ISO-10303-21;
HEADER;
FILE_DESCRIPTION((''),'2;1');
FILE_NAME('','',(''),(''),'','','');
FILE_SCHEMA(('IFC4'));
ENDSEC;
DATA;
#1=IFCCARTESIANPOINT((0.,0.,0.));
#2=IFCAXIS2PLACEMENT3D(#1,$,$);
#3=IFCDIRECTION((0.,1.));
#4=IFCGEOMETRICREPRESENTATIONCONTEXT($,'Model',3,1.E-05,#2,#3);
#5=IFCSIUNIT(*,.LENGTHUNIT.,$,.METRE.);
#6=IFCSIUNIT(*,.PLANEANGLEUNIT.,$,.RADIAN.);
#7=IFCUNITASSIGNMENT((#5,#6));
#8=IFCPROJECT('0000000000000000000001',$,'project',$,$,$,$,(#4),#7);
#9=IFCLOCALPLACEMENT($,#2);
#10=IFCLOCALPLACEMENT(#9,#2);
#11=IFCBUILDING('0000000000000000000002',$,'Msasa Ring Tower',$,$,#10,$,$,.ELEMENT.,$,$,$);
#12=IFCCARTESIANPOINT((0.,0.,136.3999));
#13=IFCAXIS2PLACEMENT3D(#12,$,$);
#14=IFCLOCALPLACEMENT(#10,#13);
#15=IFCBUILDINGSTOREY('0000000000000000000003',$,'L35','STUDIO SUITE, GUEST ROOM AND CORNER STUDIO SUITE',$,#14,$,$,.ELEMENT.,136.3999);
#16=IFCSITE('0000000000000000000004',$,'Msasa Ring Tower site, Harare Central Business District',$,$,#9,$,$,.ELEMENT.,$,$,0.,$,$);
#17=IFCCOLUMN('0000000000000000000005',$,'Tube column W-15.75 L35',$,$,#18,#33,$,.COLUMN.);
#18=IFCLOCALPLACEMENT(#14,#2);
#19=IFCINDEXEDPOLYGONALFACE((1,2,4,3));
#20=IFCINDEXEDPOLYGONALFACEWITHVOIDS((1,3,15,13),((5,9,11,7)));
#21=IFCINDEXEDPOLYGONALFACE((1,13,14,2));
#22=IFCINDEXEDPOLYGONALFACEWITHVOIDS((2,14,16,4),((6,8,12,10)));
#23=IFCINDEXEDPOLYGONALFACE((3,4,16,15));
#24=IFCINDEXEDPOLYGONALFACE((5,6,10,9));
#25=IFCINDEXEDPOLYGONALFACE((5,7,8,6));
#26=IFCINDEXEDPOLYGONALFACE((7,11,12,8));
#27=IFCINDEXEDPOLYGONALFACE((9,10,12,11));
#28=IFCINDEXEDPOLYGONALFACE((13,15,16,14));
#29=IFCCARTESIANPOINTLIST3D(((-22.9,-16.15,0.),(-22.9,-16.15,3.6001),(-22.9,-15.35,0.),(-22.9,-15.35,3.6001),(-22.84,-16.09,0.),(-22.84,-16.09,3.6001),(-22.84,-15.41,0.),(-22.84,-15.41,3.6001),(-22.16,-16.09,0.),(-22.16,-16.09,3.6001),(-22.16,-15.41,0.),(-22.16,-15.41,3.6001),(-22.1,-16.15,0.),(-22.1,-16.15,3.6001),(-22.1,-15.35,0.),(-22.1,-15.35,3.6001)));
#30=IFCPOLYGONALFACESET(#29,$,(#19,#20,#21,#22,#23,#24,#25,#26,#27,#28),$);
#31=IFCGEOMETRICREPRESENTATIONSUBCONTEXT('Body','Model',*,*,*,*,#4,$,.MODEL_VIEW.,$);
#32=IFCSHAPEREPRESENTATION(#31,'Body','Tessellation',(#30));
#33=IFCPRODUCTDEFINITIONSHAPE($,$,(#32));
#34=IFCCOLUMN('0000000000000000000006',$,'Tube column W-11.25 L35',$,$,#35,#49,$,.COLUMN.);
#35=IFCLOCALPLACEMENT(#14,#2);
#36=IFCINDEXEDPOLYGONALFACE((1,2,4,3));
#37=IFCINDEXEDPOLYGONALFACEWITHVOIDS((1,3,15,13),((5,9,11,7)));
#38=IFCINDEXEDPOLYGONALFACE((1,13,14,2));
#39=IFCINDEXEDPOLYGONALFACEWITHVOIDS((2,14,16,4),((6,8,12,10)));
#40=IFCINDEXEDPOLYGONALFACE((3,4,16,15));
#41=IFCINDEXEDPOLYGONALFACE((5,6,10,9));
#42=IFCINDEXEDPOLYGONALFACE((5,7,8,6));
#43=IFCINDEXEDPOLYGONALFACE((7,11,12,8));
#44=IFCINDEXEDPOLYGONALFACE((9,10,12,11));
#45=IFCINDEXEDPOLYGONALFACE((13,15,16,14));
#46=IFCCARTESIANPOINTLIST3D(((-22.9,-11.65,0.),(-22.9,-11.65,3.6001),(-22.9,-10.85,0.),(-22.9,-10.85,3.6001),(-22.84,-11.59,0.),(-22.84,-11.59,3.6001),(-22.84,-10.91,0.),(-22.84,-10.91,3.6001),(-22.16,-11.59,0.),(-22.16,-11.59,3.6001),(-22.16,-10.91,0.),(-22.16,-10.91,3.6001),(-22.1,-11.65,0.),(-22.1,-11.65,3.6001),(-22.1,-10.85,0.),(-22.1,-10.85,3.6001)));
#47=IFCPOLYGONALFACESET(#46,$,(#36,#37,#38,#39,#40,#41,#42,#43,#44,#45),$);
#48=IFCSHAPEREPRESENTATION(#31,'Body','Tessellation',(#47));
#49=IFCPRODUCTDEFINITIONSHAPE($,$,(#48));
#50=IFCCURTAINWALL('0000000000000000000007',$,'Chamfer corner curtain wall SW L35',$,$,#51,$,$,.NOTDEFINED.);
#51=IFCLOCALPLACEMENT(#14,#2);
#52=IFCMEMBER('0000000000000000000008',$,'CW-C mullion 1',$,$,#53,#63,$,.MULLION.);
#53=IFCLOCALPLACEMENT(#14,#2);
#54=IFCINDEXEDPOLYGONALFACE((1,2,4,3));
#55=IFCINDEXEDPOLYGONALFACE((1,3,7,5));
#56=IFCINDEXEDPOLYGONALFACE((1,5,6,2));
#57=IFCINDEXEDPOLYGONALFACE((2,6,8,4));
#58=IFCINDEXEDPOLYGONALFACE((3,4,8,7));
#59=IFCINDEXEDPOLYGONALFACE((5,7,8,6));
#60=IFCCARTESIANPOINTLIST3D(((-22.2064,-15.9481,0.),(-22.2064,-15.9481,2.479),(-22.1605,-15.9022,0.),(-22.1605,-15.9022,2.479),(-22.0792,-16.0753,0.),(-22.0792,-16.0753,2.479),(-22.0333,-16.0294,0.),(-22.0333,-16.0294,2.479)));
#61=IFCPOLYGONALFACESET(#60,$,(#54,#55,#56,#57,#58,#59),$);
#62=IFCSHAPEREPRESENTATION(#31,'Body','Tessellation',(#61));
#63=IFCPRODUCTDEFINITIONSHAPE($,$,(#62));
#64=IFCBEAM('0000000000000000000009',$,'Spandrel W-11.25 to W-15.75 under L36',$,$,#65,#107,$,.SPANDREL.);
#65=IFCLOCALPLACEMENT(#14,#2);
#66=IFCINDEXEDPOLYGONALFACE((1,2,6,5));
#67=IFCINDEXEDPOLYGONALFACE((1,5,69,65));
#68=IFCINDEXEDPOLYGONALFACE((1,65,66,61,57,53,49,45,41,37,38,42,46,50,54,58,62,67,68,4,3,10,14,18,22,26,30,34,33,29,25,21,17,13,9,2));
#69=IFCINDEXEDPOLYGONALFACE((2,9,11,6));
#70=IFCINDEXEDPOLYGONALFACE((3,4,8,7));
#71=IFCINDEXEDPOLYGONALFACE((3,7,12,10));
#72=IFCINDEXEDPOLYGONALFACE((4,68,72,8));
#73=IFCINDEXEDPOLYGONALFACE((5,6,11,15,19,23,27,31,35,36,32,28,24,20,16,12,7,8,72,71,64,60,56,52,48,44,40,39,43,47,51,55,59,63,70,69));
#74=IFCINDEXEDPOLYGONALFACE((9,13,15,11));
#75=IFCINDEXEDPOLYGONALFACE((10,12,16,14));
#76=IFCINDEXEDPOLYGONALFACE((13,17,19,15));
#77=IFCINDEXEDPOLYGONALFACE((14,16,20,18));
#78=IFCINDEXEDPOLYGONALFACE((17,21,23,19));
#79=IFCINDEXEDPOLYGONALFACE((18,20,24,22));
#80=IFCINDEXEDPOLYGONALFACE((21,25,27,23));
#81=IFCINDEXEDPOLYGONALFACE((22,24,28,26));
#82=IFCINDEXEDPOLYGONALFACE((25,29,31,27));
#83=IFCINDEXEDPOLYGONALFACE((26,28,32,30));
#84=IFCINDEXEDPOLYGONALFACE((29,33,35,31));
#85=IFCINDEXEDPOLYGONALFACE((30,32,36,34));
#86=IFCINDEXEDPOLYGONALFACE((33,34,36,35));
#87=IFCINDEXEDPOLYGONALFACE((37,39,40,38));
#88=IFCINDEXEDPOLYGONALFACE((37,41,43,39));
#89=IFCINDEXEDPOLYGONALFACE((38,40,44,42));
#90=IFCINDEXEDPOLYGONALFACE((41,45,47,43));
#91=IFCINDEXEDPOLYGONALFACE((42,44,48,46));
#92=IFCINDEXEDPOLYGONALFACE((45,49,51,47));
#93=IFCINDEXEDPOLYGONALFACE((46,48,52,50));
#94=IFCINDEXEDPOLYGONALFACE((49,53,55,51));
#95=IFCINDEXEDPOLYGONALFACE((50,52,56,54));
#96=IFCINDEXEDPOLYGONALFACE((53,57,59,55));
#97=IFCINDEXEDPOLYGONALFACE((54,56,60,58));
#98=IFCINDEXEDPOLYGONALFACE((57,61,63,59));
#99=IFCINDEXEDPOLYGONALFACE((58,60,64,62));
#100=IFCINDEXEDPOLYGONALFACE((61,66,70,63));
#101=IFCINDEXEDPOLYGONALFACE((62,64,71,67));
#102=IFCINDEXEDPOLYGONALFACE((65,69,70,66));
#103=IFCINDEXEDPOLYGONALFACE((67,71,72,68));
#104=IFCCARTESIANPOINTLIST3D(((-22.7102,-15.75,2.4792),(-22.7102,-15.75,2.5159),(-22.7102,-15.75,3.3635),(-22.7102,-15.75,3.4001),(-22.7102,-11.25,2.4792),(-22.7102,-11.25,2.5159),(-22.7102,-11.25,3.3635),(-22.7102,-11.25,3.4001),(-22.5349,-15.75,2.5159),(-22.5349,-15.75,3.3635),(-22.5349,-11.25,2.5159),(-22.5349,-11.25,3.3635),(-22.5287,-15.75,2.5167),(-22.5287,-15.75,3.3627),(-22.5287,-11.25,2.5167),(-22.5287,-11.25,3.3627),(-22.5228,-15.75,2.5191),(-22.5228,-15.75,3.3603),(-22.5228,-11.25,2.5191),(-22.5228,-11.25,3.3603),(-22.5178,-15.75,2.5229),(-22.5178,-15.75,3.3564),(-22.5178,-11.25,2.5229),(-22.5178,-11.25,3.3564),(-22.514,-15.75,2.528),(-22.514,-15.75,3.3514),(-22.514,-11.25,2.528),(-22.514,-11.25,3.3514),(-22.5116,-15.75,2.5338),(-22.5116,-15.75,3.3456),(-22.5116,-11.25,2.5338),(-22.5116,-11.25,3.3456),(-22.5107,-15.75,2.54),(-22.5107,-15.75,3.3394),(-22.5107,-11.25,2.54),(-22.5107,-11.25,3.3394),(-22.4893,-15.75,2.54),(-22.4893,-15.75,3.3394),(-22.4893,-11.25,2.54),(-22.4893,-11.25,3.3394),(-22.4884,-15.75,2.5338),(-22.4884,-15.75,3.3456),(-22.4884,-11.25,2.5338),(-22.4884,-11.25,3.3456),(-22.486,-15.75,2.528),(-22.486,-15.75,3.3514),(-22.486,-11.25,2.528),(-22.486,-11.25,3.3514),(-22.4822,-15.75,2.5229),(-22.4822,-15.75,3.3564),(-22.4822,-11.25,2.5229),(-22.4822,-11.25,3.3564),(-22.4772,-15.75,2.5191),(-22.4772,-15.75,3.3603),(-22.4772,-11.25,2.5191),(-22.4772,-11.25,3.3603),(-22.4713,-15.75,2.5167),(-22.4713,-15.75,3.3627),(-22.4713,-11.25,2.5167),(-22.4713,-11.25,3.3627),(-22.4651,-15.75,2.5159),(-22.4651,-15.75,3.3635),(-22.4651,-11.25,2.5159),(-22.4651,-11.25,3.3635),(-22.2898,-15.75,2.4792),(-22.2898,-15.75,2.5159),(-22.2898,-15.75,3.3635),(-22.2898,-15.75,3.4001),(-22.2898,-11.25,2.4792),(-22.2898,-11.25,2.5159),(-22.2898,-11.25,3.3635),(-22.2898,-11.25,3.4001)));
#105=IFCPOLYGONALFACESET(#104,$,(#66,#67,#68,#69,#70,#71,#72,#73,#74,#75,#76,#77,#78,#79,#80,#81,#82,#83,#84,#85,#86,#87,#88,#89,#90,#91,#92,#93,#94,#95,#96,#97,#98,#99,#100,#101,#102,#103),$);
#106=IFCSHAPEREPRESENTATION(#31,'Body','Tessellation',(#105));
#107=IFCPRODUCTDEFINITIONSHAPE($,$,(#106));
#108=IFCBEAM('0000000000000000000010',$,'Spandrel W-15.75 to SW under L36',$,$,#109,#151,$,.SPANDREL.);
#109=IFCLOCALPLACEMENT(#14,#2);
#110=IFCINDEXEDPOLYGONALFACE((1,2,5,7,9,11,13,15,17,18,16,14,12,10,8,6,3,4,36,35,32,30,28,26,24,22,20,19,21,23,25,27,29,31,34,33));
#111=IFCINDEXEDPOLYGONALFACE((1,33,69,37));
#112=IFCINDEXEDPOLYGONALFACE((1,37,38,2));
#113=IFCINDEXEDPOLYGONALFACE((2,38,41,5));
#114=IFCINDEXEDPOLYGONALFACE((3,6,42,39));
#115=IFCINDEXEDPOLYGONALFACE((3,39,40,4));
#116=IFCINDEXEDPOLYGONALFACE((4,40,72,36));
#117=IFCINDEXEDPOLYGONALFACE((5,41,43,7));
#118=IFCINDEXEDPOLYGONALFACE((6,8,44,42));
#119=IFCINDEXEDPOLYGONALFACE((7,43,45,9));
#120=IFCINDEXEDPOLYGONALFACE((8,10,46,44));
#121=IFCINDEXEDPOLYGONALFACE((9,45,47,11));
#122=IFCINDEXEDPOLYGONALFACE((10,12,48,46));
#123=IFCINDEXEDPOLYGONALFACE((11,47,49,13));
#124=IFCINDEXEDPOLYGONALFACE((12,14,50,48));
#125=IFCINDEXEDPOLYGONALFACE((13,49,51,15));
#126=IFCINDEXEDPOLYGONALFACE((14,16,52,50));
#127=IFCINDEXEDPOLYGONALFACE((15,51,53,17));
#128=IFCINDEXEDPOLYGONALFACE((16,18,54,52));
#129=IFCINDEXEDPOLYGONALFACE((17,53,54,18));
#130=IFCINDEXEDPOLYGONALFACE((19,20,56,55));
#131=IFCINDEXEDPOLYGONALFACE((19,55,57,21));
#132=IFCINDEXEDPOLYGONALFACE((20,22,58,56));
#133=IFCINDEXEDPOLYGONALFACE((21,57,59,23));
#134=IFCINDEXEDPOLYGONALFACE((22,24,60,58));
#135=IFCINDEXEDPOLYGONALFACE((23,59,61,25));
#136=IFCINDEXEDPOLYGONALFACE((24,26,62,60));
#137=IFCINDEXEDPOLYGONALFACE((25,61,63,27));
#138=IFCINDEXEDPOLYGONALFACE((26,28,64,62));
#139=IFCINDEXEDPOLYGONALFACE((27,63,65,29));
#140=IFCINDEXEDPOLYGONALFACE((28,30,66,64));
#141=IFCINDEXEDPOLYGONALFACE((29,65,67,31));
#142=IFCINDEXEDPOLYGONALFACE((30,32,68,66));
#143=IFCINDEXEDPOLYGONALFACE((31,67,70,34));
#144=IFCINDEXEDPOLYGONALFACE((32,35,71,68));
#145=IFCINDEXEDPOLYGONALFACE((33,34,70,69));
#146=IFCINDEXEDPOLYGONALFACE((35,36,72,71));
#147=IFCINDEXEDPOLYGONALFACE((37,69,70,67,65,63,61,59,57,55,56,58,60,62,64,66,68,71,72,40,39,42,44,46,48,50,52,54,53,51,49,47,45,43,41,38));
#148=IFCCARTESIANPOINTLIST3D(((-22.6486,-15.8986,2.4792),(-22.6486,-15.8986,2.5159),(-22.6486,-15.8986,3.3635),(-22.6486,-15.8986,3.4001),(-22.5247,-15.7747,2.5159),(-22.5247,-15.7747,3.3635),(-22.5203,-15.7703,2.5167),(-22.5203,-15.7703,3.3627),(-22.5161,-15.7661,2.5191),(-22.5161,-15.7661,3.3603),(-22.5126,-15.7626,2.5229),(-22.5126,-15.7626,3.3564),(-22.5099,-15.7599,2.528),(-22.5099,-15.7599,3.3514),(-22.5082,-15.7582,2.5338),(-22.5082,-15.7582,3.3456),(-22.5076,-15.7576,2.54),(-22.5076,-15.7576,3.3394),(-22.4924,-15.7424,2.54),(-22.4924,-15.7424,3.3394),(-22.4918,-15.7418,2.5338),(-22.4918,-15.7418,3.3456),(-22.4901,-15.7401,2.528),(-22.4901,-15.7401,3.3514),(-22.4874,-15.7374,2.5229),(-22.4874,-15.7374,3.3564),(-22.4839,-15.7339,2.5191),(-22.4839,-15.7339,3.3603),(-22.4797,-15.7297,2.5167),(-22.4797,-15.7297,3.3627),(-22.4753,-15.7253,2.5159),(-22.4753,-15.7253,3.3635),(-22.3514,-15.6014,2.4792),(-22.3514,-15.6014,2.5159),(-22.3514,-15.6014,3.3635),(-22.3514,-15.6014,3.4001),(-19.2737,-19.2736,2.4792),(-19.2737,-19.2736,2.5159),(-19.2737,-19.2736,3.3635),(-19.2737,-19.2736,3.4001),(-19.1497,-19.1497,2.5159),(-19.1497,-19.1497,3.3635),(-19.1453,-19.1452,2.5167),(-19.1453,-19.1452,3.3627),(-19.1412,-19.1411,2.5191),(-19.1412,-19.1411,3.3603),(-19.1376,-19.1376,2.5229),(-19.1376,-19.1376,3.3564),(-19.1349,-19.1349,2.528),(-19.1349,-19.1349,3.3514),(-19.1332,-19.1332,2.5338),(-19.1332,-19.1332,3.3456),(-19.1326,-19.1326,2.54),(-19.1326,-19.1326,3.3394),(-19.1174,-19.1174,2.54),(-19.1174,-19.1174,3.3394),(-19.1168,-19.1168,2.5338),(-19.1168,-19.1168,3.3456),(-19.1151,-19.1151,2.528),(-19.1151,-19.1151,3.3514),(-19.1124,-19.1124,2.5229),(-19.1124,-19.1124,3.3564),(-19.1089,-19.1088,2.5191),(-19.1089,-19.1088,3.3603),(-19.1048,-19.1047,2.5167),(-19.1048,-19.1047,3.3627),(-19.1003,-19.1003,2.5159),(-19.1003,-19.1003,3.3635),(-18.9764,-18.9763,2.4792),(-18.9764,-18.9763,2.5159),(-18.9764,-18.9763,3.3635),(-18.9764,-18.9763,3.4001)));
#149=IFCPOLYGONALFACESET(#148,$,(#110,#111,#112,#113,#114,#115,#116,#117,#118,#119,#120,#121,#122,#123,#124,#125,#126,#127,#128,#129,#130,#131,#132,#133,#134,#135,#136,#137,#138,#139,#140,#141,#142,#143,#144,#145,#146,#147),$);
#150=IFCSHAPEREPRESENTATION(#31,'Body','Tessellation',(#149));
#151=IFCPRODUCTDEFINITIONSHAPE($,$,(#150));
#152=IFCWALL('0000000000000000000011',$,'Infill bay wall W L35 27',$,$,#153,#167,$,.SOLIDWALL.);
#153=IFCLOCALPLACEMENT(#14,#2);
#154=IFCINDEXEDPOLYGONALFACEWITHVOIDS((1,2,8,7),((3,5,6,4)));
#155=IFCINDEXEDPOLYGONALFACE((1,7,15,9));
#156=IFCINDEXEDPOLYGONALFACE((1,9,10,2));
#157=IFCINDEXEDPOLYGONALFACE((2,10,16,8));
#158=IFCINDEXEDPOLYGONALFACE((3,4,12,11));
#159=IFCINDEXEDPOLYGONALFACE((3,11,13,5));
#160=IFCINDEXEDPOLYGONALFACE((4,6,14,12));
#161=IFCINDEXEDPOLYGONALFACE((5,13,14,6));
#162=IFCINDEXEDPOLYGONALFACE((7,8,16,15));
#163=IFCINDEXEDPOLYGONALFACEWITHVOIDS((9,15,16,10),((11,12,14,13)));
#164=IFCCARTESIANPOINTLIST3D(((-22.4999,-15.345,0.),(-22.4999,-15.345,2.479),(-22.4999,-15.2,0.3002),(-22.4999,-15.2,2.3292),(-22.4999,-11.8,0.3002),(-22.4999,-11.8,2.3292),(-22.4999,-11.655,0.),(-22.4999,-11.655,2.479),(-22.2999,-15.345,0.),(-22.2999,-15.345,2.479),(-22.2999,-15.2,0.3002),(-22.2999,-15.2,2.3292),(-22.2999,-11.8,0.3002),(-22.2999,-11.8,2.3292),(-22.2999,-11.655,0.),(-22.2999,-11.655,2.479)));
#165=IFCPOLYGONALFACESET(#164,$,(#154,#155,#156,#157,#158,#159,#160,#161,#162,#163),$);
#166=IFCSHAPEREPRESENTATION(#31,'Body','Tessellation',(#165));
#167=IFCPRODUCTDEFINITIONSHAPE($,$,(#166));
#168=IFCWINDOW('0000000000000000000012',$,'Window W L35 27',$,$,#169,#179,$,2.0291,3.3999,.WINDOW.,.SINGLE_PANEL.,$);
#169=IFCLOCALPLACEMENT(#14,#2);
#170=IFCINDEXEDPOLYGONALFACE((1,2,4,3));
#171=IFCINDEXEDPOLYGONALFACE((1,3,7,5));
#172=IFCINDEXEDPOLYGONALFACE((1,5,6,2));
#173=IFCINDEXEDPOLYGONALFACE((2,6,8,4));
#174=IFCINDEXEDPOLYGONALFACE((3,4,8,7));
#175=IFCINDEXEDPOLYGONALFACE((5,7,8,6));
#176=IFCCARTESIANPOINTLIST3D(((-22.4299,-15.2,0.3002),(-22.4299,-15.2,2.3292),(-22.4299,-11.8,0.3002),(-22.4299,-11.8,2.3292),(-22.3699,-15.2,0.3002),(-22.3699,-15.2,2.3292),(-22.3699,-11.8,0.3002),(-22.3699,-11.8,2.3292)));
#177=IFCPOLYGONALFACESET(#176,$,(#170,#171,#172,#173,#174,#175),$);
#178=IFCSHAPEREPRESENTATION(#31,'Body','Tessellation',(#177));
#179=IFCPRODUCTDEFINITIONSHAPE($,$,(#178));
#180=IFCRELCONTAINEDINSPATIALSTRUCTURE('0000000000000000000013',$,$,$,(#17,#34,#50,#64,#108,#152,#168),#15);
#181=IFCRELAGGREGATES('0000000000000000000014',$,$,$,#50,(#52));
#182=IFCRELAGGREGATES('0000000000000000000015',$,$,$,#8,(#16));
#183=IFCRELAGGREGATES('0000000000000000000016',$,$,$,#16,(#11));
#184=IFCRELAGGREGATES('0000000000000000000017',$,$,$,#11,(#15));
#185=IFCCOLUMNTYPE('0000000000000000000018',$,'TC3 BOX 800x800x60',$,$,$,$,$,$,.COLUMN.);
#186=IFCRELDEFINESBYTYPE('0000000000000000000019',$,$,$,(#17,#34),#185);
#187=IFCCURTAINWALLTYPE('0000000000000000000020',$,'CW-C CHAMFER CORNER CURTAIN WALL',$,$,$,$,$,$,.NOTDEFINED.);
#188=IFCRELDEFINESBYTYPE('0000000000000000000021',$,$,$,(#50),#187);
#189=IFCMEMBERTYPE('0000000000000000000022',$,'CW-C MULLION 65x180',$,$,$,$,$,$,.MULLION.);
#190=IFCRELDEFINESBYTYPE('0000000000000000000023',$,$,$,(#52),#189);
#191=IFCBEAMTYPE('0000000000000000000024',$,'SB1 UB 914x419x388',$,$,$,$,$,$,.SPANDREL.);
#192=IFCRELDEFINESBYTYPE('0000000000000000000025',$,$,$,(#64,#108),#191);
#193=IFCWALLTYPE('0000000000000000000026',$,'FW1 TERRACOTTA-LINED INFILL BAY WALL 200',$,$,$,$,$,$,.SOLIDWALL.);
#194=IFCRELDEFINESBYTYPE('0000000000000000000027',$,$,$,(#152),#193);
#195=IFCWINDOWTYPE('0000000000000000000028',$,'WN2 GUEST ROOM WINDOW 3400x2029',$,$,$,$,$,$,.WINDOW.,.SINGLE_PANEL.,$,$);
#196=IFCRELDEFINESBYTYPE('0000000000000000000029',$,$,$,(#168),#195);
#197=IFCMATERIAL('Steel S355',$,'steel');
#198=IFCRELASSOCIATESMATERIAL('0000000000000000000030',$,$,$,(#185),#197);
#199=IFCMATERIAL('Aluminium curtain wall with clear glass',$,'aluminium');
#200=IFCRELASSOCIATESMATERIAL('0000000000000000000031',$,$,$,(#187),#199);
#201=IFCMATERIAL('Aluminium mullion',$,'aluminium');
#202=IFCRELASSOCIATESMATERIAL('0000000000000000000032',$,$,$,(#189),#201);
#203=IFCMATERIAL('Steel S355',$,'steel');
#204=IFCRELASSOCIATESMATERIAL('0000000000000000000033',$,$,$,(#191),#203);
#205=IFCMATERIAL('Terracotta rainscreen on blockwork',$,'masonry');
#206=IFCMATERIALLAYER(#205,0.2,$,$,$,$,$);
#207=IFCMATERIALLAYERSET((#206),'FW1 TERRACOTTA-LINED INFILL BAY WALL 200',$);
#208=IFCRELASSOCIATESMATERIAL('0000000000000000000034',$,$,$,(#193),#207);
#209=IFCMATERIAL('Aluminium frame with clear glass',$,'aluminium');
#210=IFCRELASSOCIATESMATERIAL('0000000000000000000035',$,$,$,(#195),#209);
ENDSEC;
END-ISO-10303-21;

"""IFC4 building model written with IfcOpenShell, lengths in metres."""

from ifc_helpers import new_model, si_unit, direction, frame, frame_2d, origin, origin_2d, place, context, subcontext, project, spatial, rectangle, hollow_rectangle, i_section, extrude, material, layer, layer_set, material_profile, profile_set, type_object, element, fill, aggregate, save


model = new_model("IFC4")

# Units and contexts
model_context = context("Model", 3, precision=1e-05, world=origin(), true_north=direction((0.0, 1.0)))
body_context = subcontext(model_context, "Body", "Model", "MODEL_VIEW")
ifc_project = project(units=[si_unit("LENGTHUNIT", "METRE"), si_unit("PLANEANGLEUNIT", "RADIAN")], contexts=[model_context])

# Site, building, storey
site_placement = place(None, origin())
site = spatial("IfcSite", under=ifc_project, at=site_placement, Name="Msasa Ring Tower site, Harare Central Business District", CompositionType="ELEMENT", RefElevation=0.0)
building_placement = place(site_placement, origin())
building = spatial("IfcBuilding", under=site, at=building_placement, Name="Msasa Ring Tower", CompositionType="ELEMENT")
storey_placement = place(building_placement, frame((0.0, 0.0, 136.3999)))
storey = spatial("IfcBuildingStorey", under=building, at=storey_placement, Name="L35", Description="STUDIO SUITE, GUEST ROOM AND CORNER STUDIO SUITE", CompositionType="ELEMENT", Elevation=136.3999)

# Columns
ifc_material_1 = material(Name="Steel S355", Category="steel")
ifc_material_profile_1 = material_profile(ifc_material_1, hollow_rectangle(XDim=0.8, YDim=0.8, WallThickness=0.0601, at=origin_2d()), Name="BOX 800x800x60")
ifc_profile_set_1 = profile_set([ifc_material_profile_1], Name="Steel S355")
column_type = type_object("IfcColumnType", Name="TC3 BOX 800x800x60", PredefinedType="COLUMN", material=ifc_profile_set_1)
for number, where, z_axis, x_axis, name in (
    (1, (-22.5, -15.75, 0.0), (0.0, 0.0, 1.0), (1.0, 0.0, 0.0), "Tube column W-15.75 L35"),
    (2, (-22.5, -11.25, 0.0), (0.0, 0.0, 1.0), (1.0, 0.0, 0.0), "Tube column W-11.25 L35"),
):
    element("IfcColumn", number, at=place(storey_placement, frame(where, z_axis=z_axis, x_axis=x_axis)), inside=storey, type_object=column_type, Name=name, PredefinedType="COLUMN", context=body_context, shape_type="SweptSolid", body=[
        extrude(hollow_rectangle(XDim=0.8, YDim=0.8, WallThickness=0.0601, at=origin_2d()), origin(), (0.0, 0.0, 1.0), 3.6001),
    ])

# Curtain wall, member
ifc_material_2 = material(Name="Aluminium curtain wall with clear glass", Category="aluminium")
curtain_wall_type = type_object("IfcCurtainWallType", Name="CW-C CHAMFER CORNER CURTAIN WALL", PredefinedType="NOTDEFINED", material=ifc_material_2)
curtain_wall_placement = place(storey_placement, origin())
curtain_wall = element("IfcCurtainWall", 3, at=curtain_wall_placement, inside=storey, type_object=curtain_wall_type, Name="Chamfer corner curtain wall SW L35", PredefinedType="NOTDEFINED")
ifc_material_3 = material(Name="Aluminium mullion", Category="aluminium")
ifc_material_profile_2 = material_profile(ifc_material_3, rectangle(XDim=0.0649, YDim=0.1799, at=origin_2d()), Name="AL 65x180")
ifc_profile_set_2 = profile_set([ifc_material_profile_2], Name="Aluminium mullion")
member_type = type_object("IfcMemberType", Name="CW-C MULLION 65x180", PredefinedType="MULLION", material=ifc_profile_set_2)
member_placement = place(storey_placement, frame((-22.1199, -15.9888, 0.0), z_axis=(0.0, 0.0, 1.0), x_axis=(0.707107, 0.707107, 0.0)))
member = element("IfcMember", 4, at=member_placement, type_object=member_type, Name="CW-C mullion 1", PredefinedType="MULLION", context=body_context, shape_type="SweptSolid", body=[
    extrude(rectangle(XDim=0.0649, YDim=0.1799, at=origin_2d()), origin(), (0.0, 0.0, 1.0), 2.479),
])
aggregate(curtain_wall, [member])

# Beams
ifc_material_4 = material(Name="Steel S355", Category="steel")
ifc_material_profile_3 = material_profile(ifc_material_4, i_section(OverallWidth=0.4204, OverallDepth=0.9209, WebThickness=0.0215, FlangeThickness=0.0366, FilletRadius=0.0242, at=origin_2d()), Name="UB 914x419x388")
ifc_profile_set_3 = profile_set([ifc_material_profile_3], Name="Steel S355")
beam_type = type_object("IfcBeamType", Name="SB1 UB 914x419x388", PredefinedType="SPANDREL", material=ifc_profile_set_3)
beam_1_placement = place(storey_placement, frame((-22.5, -11.25, 2.9397), z_axis=(0.0, -1.0, 0.0), x_axis=(1.0, 0.0, 0.0)))
element("IfcBeam", 5, at=beam_1_placement, inside=storey, type_object=beam_type, Name="Spandrel W-11.25 to W-15.75 under L36", PredefinedType="SPANDREL", context=body_context, shape_type="SweptSolid", body=[
    extrude(i_section(OverallWidth=0.4204, OverallDepth=0.9209, WebThickness=0.0215, FlangeThickness=0.0366, FilletRadius=0.0242, at=origin_2d()), origin(), (0.0, 0.0, 1.0), 4.5),
])
beam_2_placement = place(storey_placement, frame((-22.5, -15.75, 2.9397), z_axis=(0.707107, -0.707107, 0.0), x_axis=(0.707107, 0.707107, 0.0)))
element("IfcBeam", 6, at=beam_2_placement, inside=storey, type_object=beam_type, Name="Spandrel W-15.75 to SW under L36", PredefinedType="SPANDREL", context=body_context, shape_type="SweptSolid", body=[
    extrude(i_section(OverallWidth=0.4204, OverallDepth=0.9209, WebThickness=0.0215, FlangeThickness=0.0366, FilletRadius=0.0242, at=origin_2d()), origin(), (0.0, 0.0, 1.0), 4.7729),
])

# Wall, opening, window
ifc_material_5 = material(Name="Terracotta rainscreen on blockwork", Category="masonry")
ifc_layer_1 = layer(ifc_material_5, 0.2)
ifc_layer_set_1 = layer_set([ifc_layer_1], Name="FW1 TERRACOTTA-LINED INFILL BAY WALL 200")
wall_type_1 = type_object("IfcWallType", Name="FW1 TERRACOTTA-LINED INFILL BAY WALL 200", PredefinedType="SOLIDWALL", material=ifc_layer_set_1)
wall_1_placement = place(storey_placement, frame((-22.3999, -15.345, 0.0), z_axis=(0.0, 0.0, 1.0), x_axis=(0.0, 1.0, 0.0)))
wall_1 = element("IfcWall", 7, at=wall_1_placement, inside=storey, type_object=wall_type_1, Name="Infill bay wall W L35 27", PredefinedType="SOLIDWALL", context=body_context, shape_type="SweptSolid", body=[
    extrude(rectangle(XDim=3.6899, YDim=0.2, at=frame_2d((1.845, 0.0))), origin(), (0.0, 0.0, 1.0), 2.479),
])
opening_1_placement = place(wall_1_placement, frame((0.145, 0.0, 0.3)))
opening_1 = element("IfcOpeningElement", 8, at=opening_1_placement, cuts=wall_1, PredefinedType="OPENING", context=body_context, shape_type="SweptSolid", body=[
    extrude(rectangle(XDim=3.3999, YDim=2.0291, at=frame_2d((1.7, 1.0146))), frame((0.0, 0.1099, 0.0), z_axis=(0.0, -1.0, 0.0), x_axis=(1.0, 0.0, 0.0)), (0.0, 0.0, 1.0), 0.22),
])
ifc_material_6 = material(Name="Aluminium frame with clear glass", Category="aluminium")
window_type = type_object("IfcWindowType", Name="WN2 GUEST ROOM WINDOW 3400x2029", PartitioningType="SINGLE_PANEL", PredefinedType="WINDOW", material=ifc_material_6)
window_1_placement = place(opening_1_placement, origin())
window_1 = element("IfcWindow", 9, at=window_1_placement, inside=storey, type_object=window_type, Name="Window W L35 27", OverallHeight=2.0291, OverallWidth=3.3999, PartitioningType="SINGLE_PANEL", PredefinedType="WINDOW", context=body_context, shape_type="SweptSolid", body=[
    extrude(rectangle(XDim=3.3999, YDim=2.0291, at=frame_2d((1.7, 1.0146))), frame((0.0, 0.03, 0.0), z_axis=(0.0, -1.0, 0.0), x_axis=(1.0, 0.0, 0.0)), (0.0, 0.0, 1.0), 0.0601),
])
fill(opening_1, window_1)

save(model, "model.ifc")
